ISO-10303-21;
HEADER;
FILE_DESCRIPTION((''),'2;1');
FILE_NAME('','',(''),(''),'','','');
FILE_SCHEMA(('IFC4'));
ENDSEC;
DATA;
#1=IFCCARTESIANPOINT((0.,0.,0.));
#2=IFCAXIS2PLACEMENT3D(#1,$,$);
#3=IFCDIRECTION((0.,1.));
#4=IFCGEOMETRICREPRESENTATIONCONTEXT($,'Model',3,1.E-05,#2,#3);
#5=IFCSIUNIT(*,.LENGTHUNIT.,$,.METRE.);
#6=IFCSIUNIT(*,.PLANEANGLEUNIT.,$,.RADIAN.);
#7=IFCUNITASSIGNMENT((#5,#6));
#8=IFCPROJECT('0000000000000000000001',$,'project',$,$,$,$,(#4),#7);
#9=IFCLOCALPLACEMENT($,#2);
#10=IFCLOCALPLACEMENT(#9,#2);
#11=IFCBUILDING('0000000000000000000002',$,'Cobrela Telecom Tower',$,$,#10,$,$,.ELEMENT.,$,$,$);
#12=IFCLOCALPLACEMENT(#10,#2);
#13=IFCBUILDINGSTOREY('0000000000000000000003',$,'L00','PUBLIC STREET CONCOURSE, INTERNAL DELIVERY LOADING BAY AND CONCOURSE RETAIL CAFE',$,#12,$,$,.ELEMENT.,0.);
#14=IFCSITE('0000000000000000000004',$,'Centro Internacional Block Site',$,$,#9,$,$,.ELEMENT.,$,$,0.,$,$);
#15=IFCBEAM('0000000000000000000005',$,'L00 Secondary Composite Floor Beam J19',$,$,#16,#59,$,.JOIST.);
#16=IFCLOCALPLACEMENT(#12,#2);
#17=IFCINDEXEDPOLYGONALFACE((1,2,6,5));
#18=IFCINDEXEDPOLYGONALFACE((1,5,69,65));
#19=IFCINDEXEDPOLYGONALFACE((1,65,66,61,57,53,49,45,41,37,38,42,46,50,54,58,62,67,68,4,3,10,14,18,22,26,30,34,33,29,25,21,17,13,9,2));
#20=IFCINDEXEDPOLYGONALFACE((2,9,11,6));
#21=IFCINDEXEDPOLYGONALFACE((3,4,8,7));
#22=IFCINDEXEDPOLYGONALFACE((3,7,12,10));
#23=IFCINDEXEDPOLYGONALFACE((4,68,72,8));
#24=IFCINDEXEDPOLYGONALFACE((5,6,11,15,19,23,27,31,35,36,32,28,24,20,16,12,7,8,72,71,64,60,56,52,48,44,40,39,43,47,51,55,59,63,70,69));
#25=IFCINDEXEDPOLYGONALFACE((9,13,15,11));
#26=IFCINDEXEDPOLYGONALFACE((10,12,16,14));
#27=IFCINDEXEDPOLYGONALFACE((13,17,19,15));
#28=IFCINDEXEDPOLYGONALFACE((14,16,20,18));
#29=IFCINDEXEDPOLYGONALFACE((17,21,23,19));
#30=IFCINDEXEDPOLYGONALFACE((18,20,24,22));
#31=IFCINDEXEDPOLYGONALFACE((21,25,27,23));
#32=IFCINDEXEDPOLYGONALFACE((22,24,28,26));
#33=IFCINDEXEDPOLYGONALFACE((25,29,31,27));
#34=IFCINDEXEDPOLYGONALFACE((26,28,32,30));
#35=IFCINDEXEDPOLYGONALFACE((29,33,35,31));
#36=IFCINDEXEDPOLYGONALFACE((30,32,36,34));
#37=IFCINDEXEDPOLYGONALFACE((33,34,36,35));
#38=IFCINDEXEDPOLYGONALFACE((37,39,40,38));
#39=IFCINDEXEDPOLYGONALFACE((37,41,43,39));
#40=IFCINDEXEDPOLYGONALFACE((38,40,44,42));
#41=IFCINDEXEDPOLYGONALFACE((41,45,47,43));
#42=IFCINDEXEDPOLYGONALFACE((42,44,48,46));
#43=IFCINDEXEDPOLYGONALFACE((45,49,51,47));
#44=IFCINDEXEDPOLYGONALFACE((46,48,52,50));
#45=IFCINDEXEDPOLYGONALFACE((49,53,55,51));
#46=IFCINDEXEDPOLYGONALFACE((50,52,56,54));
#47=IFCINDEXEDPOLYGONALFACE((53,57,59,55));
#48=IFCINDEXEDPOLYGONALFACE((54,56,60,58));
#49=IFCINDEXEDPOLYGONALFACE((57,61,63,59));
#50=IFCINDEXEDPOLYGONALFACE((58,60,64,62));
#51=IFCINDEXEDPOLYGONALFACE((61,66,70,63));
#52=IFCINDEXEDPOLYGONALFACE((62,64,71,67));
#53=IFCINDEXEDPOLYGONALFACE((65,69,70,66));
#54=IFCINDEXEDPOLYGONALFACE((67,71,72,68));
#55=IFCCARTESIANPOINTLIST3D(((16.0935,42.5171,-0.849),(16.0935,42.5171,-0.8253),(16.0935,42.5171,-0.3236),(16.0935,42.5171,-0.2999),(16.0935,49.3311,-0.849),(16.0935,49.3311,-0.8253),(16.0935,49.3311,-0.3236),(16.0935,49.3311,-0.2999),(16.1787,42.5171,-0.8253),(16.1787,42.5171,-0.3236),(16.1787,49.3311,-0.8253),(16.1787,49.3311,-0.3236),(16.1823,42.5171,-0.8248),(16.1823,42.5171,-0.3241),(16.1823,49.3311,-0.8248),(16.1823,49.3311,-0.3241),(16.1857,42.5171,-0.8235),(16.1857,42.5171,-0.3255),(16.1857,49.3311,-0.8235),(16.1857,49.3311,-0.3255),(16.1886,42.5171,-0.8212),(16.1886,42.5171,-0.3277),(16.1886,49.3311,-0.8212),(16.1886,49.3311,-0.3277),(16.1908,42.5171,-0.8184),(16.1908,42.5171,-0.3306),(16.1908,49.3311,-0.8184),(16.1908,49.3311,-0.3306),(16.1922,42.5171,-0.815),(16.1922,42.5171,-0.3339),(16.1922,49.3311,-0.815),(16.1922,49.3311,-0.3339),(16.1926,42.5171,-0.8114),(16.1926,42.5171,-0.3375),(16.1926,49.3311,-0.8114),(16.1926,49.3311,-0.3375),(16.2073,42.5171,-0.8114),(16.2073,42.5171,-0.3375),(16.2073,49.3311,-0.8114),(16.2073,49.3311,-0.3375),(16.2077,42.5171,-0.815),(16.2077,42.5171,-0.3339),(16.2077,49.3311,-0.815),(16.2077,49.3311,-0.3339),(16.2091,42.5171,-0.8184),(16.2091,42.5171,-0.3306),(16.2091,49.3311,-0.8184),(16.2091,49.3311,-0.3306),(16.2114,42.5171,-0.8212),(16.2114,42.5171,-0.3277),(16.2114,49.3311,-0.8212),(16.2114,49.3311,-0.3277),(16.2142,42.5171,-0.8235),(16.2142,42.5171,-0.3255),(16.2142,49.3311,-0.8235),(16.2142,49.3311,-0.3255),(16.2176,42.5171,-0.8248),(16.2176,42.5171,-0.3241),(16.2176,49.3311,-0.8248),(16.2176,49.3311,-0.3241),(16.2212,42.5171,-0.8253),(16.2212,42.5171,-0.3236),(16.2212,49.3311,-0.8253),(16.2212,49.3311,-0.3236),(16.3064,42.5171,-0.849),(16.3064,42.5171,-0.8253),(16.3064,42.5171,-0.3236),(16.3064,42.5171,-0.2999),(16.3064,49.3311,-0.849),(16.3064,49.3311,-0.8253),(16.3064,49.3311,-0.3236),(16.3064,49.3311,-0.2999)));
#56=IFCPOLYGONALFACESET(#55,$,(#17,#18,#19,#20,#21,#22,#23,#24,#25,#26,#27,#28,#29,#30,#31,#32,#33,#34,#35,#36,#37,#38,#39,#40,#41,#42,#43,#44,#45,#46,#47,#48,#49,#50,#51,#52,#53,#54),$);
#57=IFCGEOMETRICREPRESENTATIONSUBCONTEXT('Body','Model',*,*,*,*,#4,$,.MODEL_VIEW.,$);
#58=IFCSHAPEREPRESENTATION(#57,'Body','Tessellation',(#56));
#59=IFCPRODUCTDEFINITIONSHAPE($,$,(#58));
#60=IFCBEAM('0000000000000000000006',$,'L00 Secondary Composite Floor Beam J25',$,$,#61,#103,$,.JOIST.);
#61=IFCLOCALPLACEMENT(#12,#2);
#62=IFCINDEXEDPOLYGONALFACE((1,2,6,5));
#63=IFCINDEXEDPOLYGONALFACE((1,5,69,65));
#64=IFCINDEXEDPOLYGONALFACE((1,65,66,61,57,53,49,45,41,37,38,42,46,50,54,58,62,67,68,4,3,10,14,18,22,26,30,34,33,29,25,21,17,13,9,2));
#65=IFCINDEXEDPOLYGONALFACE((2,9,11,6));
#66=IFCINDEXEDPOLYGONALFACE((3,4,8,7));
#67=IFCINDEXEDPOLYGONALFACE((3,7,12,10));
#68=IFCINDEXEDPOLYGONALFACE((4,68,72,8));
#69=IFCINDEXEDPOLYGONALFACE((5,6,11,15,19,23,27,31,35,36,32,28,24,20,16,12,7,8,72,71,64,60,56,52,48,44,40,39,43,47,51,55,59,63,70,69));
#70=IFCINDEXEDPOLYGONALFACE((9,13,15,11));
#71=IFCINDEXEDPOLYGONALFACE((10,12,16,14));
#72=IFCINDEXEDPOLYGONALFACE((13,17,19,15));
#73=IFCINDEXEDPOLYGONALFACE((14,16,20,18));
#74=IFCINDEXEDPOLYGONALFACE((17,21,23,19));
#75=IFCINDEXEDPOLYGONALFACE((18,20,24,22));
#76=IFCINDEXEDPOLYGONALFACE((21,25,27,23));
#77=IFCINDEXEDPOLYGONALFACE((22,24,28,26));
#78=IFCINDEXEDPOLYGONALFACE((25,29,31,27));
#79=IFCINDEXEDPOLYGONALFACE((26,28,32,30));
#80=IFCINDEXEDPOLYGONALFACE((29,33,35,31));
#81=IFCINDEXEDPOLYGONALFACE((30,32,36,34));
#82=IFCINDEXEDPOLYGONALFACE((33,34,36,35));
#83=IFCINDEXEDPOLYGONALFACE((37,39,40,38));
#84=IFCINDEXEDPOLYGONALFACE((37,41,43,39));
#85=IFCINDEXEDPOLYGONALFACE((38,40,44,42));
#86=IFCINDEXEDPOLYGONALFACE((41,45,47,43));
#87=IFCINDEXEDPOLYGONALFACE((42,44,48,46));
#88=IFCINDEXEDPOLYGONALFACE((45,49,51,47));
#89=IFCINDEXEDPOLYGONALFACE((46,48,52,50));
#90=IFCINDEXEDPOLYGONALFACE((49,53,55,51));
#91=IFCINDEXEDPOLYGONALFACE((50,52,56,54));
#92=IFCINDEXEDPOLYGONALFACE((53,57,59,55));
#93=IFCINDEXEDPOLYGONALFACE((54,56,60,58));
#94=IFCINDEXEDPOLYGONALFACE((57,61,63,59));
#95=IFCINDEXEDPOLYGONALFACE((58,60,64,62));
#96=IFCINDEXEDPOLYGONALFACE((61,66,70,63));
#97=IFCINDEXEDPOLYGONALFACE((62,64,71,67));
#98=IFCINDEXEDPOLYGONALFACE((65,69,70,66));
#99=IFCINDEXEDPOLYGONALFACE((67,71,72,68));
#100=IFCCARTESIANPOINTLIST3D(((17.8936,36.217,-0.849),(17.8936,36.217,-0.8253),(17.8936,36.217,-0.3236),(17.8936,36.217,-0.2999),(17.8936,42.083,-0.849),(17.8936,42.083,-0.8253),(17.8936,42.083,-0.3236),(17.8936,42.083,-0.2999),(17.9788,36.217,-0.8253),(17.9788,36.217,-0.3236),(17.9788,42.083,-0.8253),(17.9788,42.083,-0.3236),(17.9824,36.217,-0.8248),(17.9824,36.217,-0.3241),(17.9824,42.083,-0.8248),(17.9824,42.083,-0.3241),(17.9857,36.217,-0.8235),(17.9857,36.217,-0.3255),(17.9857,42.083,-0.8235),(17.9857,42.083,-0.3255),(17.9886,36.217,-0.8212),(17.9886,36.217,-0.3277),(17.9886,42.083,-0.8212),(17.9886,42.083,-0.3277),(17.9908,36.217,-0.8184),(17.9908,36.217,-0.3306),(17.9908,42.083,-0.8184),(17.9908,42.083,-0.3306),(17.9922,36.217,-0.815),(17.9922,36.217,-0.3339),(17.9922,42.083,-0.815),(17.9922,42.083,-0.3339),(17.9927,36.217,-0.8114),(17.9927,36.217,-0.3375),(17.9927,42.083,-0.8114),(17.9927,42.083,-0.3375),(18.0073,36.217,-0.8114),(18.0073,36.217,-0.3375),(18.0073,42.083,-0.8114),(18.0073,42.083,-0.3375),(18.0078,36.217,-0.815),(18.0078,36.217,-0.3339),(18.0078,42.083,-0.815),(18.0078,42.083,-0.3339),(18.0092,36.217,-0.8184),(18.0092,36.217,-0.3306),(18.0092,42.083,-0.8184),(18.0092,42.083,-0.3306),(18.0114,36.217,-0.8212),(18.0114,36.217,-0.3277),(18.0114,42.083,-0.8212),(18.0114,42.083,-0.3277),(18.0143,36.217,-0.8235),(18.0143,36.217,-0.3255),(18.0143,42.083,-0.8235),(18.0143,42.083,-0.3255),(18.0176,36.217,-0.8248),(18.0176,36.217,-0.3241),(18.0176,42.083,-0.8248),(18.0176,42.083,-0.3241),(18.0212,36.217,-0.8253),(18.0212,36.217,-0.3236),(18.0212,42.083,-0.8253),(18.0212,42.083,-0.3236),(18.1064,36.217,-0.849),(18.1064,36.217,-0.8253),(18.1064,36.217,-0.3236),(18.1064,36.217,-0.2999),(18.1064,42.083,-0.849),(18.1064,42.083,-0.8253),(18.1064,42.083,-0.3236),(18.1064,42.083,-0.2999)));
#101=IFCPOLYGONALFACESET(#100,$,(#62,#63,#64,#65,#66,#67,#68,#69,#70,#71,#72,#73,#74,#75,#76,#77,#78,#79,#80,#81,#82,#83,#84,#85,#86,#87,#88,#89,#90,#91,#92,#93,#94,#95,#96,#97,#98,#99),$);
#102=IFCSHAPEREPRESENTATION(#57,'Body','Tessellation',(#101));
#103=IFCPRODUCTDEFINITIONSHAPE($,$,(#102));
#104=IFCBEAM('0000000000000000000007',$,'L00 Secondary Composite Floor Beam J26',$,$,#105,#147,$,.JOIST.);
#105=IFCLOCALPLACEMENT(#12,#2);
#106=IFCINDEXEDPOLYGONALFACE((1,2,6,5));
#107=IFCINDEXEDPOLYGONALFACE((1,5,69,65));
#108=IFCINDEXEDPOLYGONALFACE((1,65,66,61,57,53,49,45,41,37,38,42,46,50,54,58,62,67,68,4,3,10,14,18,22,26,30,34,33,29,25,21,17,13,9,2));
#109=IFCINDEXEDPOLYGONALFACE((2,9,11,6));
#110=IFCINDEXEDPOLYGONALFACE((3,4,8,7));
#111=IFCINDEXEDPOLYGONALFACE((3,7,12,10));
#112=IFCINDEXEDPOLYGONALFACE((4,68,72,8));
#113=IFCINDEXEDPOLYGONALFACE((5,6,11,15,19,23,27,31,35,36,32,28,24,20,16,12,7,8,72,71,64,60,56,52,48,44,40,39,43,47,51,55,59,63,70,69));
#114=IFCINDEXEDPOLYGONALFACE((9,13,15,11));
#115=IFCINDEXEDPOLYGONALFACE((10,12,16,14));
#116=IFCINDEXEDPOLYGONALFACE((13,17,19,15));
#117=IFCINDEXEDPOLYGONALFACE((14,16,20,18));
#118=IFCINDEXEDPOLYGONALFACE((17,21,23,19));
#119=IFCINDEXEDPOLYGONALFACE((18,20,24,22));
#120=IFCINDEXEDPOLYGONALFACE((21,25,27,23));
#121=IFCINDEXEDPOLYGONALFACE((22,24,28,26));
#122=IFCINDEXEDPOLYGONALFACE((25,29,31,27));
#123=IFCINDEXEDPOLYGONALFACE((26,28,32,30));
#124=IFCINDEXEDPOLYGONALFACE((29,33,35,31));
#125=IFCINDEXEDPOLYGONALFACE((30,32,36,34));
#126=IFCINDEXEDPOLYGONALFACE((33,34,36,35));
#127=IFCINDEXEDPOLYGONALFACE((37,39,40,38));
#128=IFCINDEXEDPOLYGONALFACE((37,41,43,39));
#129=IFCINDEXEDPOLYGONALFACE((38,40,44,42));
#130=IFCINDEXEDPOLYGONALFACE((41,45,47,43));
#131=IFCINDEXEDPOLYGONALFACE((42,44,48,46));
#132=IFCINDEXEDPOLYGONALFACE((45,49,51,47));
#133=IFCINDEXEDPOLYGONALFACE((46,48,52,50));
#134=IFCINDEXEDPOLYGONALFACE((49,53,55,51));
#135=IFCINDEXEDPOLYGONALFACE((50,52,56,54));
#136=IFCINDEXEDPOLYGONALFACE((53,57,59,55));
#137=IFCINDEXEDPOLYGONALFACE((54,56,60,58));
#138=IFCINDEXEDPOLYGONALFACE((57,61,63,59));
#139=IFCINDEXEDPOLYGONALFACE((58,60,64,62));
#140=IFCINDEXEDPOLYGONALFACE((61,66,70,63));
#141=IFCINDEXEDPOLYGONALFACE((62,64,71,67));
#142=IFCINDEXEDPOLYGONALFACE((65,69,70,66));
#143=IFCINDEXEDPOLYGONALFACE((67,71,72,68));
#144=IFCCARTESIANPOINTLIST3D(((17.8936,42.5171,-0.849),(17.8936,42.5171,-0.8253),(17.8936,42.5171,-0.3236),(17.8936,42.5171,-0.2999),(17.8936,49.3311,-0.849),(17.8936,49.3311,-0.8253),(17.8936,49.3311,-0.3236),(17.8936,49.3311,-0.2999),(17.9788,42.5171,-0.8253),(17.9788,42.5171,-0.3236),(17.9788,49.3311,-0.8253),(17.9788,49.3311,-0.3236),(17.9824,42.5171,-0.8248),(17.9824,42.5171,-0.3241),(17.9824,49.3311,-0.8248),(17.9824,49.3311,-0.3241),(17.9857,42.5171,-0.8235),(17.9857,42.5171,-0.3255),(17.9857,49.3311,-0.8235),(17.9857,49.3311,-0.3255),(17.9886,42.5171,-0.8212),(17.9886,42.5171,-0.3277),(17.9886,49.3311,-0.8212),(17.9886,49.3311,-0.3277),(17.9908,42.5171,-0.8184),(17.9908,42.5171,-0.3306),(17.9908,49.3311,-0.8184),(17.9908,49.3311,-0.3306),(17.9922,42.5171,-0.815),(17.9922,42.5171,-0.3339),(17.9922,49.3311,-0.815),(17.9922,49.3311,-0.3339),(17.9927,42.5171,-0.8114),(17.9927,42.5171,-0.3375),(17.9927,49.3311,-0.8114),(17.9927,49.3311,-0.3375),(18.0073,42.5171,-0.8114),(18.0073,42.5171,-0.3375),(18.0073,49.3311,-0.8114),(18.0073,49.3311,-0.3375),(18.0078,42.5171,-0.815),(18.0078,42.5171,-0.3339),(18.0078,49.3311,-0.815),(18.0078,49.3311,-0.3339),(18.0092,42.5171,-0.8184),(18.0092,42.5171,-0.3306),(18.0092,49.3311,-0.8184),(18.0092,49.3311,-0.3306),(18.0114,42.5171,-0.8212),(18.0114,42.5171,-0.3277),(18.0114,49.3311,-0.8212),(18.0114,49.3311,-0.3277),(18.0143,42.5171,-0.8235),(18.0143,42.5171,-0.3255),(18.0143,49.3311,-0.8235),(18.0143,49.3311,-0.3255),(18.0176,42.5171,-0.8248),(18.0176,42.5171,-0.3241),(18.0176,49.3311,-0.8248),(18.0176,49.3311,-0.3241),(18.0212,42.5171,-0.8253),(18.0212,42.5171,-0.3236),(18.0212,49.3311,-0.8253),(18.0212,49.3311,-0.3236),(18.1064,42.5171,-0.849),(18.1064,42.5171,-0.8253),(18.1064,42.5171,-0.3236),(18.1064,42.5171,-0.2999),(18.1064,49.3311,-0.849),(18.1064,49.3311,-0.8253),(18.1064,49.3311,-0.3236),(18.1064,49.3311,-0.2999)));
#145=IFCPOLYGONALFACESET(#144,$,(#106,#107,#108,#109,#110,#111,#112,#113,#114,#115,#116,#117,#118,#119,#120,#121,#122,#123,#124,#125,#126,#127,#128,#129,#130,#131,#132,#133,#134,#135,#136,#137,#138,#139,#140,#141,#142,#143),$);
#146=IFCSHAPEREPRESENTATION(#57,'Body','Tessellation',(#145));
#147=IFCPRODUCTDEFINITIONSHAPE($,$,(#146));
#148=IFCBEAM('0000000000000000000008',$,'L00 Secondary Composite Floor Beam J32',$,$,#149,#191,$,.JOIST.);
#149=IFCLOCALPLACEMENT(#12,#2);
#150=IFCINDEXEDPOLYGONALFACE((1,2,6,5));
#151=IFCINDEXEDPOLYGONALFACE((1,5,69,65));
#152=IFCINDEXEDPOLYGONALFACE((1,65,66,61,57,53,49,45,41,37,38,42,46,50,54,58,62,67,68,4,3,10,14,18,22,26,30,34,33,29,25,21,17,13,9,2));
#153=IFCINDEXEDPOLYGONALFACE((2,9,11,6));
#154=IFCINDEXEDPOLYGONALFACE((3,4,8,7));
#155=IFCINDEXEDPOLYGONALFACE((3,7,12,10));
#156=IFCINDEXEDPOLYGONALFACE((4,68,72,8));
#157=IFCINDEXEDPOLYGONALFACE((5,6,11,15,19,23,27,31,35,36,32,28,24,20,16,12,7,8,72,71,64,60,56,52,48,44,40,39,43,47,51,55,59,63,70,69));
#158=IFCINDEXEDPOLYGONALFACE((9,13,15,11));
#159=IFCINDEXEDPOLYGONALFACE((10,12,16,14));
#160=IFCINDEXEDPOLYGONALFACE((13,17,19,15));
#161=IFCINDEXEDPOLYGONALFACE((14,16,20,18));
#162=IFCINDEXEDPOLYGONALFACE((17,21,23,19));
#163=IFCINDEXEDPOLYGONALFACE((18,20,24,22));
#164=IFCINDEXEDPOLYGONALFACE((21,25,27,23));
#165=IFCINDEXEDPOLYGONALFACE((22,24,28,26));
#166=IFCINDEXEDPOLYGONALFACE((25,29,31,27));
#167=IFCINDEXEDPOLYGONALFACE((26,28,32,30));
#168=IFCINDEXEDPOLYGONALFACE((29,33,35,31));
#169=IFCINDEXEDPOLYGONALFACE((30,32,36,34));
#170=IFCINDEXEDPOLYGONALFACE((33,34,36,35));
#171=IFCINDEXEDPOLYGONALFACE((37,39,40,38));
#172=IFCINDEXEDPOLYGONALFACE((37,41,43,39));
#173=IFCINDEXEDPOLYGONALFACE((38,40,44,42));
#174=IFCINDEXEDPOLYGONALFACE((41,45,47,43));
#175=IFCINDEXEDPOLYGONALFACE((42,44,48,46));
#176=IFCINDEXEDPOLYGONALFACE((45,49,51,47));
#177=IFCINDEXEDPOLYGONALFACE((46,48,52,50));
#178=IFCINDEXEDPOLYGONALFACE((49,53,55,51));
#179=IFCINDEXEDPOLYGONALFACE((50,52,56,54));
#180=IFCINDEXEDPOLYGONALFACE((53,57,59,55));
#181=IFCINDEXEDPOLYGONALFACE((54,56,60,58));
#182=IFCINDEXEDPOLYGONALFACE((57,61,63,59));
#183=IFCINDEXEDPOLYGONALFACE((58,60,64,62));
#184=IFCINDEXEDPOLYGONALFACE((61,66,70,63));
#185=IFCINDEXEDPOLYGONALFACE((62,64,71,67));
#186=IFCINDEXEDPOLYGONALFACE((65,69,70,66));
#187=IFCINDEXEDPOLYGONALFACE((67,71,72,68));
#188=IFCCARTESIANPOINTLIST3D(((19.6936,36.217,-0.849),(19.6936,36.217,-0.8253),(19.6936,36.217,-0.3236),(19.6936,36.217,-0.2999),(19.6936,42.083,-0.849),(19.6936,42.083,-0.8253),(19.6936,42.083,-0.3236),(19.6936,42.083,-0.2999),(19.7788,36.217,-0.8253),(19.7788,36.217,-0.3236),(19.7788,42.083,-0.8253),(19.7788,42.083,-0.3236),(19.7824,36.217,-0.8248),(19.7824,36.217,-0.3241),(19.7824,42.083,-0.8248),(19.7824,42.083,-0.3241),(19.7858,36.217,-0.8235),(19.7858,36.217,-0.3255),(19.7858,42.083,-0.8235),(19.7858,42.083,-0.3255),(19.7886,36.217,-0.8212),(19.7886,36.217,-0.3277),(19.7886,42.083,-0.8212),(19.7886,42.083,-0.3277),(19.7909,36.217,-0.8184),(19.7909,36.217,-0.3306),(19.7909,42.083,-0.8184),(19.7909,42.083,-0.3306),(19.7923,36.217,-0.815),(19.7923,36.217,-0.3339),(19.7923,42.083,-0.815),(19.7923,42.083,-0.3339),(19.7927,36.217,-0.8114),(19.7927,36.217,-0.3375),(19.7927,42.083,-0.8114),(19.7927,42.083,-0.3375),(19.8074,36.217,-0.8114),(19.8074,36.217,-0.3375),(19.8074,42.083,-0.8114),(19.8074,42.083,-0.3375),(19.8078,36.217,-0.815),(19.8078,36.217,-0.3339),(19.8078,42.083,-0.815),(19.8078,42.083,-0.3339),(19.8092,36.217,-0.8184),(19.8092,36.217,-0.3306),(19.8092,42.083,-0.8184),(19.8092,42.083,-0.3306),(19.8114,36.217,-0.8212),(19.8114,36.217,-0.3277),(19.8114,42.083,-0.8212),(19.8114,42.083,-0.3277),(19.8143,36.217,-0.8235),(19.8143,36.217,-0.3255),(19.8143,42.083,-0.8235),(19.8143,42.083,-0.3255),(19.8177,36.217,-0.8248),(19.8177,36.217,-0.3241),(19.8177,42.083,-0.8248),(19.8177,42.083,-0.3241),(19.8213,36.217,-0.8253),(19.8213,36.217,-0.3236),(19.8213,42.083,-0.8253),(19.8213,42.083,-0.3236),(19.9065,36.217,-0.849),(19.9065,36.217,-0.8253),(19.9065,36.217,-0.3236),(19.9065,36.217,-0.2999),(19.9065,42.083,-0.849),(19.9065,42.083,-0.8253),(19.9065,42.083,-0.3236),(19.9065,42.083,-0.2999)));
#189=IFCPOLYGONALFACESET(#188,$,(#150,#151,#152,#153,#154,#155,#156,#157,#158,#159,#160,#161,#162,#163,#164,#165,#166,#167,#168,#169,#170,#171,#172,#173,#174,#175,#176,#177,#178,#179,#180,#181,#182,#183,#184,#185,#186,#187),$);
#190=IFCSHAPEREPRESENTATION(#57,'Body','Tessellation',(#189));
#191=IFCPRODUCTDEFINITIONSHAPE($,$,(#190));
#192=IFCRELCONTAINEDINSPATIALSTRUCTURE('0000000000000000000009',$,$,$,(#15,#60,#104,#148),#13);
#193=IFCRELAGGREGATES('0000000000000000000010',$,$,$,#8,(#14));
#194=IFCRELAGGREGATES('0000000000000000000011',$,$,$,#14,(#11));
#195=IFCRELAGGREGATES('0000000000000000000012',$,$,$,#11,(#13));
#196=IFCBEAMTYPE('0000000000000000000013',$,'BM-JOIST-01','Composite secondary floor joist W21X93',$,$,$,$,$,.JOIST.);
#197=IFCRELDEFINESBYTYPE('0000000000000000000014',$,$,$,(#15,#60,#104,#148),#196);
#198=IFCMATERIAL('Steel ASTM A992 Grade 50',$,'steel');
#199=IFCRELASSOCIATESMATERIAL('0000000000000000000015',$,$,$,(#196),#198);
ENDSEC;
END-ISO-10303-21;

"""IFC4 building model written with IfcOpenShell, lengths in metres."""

from ifc_helpers import new_model, si_unit, direction, frame, origin, origin_2d, place, context, subcontext, project, spatial, i_section, extrude, material, material_profile, profile_set, type_object, element, save


model = new_model("IFC4")

# Units and contexts
model_context = context("Model", 3, precision=1e-05, world=origin(), true_north=direction((0.0, 1.0)))
body_context = subcontext(model_context, "Body", "Model", "MODEL_VIEW")
ifc_project = project(units=[si_unit("LENGTHUNIT", "METRE"), si_unit("PLANEANGLEUNIT", "RADIAN")], contexts=[model_context])

# Site, building, storey
site_placement = place(None, origin())
site = spatial("IfcSite", under=ifc_project, at=site_placement, Name="Centro Internacional Block Site", CompositionType="ELEMENT", RefElevation=0.0)
building_placement = place(site_placement, origin())
building = spatial("IfcBuilding", under=site, at=building_placement, Name="Cobrela Telecom Tower", CompositionType="ELEMENT")
storey_placement = place(building_placement, origin())
storey = spatial("IfcBuildingStorey", under=building, at=storey_placement, Name="L00", Description="PUBLIC STREET CONCOURSE, INTERNAL DELIVERY LOADING BAY AND CONCOURSE RETAIL CAFE", CompositionType="ELEMENT", Elevation=0.0)

# Beams
ifc_material_1 = material(Name="Steel ASTM A992 Grade 50", Category="steel")
ifc_material_profile_1 = material_profile(ifc_material_1, i_section(OverallWidth=0.2129, OverallDepth=0.5491, WebThickness=0.0146, FlangeThickness=0.0237, FilletRadius=0.0139, at=origin_2d()), Name="W21X93")
ifc_profile_set_1 = profile_set([ifc_material_profile_1], Name="Steel ASTM A992 Grade 50")
beam_type_1 = type_object("IfcBeamType", Name="BM-JOIST-01", Description="Composite secondary floor joist W21X93", PredefinedType="JOIST", material=ifc_profile_set_1)
beam_1_placement = place(storey_placement, frame((16.2, 42.5171, -0.5745), z_axis=(0.0, 1.0, 0.0), x_axis=(-1.0, 0.0, 0.0)))
element("IfcBeam", 1, at=beam_1_placement, inside=storey, type_object=beam_type_1, Name="L00 Secondary Composite Floor Beam J19", PredefinedType="JOIST", context=body_context, shape_type="SweptSolid", body=[
    extrude(i_section(OverallWidth=0.2129, OverallDepth=0.5491, WebThickness=0.0146, FlangeThickness=0.0237, FilletRadius=0.0139, at=origin_2d()), origin(), (0.0, 0.0, 1.0), 6.814),
])
beam_2_placement = place(storey_placement, frame((18.0, 36.217, -0.5745), z_axis=(0.0, 1.0, 0.0), x_axis=(-1.0, 0.0, 0.0)))
element("IfcBeam", 2, at=beam_2_placement, inside=storey, type_object=beam_type_1, Name="L00 Secondary Composite Floor Beam J25", PredefinedType="JOIST", context=body_context, shape_type="SweptSolid", body=[
    extrude(i_section(OverallWidth=0.2129, OverallDepth=0.5491, WebThickness=0.0146, FlangeThickness=0.0237, FilletRadius=0.0139, at=origin_2d()), origin(), (0.0, 0.0, 1.0), 5.866),
])
beam_3_placement = place(storey_placement, frame((18.0, 42.5171, -0.5745), z_axis=(0.0, 1.0, 0.0), x_axis=(-1.0, 0.0, 0.0)))
element("IfcBeam", 3, at=beam_3_placement, inside=storey, type_object=beam_type_1, Name="L00 Secondary Composite Floor Beam J26", PredefinedType="JOIST", context=body_context, shape_type="SweptSolid", body=[
    extrude(i_section(OverallWidth=0.2129, OverallDepth=0.5491, WebThickness=0.0146, FlangeThickness=0.0237, FilletRadius=0.0139, at=origin_2d()), origin(), (0.0, 0.0, 1.0), 6.814),
])
beam_4_placement = place(storey_placement, frame((19.8, 36.217, -0.5745), z_axis=(0.0, 1.0, 0.0), x_axis=(-1.0, 0.0, 0.0)))
element("IfcBeam", 4, at=beam_4_placement, inside=storey, type_object=beam_type_1, Name="L00 Secondary Composite Floor Beam J32", PredefinedType="JOIST", context=body_context, shape_type="SweptSolid", body=[
    extrude(i_section(OverallWidth=0.2129, OverallDepth=0.5491, WebThickness=0.0146, FlangeThickness=0.0237, FilletRadius=0.0139, at=origin_2d()), origin(), (0.0, 0.0, 1.0), 5.866),
])

save(model, "model.ifc")
